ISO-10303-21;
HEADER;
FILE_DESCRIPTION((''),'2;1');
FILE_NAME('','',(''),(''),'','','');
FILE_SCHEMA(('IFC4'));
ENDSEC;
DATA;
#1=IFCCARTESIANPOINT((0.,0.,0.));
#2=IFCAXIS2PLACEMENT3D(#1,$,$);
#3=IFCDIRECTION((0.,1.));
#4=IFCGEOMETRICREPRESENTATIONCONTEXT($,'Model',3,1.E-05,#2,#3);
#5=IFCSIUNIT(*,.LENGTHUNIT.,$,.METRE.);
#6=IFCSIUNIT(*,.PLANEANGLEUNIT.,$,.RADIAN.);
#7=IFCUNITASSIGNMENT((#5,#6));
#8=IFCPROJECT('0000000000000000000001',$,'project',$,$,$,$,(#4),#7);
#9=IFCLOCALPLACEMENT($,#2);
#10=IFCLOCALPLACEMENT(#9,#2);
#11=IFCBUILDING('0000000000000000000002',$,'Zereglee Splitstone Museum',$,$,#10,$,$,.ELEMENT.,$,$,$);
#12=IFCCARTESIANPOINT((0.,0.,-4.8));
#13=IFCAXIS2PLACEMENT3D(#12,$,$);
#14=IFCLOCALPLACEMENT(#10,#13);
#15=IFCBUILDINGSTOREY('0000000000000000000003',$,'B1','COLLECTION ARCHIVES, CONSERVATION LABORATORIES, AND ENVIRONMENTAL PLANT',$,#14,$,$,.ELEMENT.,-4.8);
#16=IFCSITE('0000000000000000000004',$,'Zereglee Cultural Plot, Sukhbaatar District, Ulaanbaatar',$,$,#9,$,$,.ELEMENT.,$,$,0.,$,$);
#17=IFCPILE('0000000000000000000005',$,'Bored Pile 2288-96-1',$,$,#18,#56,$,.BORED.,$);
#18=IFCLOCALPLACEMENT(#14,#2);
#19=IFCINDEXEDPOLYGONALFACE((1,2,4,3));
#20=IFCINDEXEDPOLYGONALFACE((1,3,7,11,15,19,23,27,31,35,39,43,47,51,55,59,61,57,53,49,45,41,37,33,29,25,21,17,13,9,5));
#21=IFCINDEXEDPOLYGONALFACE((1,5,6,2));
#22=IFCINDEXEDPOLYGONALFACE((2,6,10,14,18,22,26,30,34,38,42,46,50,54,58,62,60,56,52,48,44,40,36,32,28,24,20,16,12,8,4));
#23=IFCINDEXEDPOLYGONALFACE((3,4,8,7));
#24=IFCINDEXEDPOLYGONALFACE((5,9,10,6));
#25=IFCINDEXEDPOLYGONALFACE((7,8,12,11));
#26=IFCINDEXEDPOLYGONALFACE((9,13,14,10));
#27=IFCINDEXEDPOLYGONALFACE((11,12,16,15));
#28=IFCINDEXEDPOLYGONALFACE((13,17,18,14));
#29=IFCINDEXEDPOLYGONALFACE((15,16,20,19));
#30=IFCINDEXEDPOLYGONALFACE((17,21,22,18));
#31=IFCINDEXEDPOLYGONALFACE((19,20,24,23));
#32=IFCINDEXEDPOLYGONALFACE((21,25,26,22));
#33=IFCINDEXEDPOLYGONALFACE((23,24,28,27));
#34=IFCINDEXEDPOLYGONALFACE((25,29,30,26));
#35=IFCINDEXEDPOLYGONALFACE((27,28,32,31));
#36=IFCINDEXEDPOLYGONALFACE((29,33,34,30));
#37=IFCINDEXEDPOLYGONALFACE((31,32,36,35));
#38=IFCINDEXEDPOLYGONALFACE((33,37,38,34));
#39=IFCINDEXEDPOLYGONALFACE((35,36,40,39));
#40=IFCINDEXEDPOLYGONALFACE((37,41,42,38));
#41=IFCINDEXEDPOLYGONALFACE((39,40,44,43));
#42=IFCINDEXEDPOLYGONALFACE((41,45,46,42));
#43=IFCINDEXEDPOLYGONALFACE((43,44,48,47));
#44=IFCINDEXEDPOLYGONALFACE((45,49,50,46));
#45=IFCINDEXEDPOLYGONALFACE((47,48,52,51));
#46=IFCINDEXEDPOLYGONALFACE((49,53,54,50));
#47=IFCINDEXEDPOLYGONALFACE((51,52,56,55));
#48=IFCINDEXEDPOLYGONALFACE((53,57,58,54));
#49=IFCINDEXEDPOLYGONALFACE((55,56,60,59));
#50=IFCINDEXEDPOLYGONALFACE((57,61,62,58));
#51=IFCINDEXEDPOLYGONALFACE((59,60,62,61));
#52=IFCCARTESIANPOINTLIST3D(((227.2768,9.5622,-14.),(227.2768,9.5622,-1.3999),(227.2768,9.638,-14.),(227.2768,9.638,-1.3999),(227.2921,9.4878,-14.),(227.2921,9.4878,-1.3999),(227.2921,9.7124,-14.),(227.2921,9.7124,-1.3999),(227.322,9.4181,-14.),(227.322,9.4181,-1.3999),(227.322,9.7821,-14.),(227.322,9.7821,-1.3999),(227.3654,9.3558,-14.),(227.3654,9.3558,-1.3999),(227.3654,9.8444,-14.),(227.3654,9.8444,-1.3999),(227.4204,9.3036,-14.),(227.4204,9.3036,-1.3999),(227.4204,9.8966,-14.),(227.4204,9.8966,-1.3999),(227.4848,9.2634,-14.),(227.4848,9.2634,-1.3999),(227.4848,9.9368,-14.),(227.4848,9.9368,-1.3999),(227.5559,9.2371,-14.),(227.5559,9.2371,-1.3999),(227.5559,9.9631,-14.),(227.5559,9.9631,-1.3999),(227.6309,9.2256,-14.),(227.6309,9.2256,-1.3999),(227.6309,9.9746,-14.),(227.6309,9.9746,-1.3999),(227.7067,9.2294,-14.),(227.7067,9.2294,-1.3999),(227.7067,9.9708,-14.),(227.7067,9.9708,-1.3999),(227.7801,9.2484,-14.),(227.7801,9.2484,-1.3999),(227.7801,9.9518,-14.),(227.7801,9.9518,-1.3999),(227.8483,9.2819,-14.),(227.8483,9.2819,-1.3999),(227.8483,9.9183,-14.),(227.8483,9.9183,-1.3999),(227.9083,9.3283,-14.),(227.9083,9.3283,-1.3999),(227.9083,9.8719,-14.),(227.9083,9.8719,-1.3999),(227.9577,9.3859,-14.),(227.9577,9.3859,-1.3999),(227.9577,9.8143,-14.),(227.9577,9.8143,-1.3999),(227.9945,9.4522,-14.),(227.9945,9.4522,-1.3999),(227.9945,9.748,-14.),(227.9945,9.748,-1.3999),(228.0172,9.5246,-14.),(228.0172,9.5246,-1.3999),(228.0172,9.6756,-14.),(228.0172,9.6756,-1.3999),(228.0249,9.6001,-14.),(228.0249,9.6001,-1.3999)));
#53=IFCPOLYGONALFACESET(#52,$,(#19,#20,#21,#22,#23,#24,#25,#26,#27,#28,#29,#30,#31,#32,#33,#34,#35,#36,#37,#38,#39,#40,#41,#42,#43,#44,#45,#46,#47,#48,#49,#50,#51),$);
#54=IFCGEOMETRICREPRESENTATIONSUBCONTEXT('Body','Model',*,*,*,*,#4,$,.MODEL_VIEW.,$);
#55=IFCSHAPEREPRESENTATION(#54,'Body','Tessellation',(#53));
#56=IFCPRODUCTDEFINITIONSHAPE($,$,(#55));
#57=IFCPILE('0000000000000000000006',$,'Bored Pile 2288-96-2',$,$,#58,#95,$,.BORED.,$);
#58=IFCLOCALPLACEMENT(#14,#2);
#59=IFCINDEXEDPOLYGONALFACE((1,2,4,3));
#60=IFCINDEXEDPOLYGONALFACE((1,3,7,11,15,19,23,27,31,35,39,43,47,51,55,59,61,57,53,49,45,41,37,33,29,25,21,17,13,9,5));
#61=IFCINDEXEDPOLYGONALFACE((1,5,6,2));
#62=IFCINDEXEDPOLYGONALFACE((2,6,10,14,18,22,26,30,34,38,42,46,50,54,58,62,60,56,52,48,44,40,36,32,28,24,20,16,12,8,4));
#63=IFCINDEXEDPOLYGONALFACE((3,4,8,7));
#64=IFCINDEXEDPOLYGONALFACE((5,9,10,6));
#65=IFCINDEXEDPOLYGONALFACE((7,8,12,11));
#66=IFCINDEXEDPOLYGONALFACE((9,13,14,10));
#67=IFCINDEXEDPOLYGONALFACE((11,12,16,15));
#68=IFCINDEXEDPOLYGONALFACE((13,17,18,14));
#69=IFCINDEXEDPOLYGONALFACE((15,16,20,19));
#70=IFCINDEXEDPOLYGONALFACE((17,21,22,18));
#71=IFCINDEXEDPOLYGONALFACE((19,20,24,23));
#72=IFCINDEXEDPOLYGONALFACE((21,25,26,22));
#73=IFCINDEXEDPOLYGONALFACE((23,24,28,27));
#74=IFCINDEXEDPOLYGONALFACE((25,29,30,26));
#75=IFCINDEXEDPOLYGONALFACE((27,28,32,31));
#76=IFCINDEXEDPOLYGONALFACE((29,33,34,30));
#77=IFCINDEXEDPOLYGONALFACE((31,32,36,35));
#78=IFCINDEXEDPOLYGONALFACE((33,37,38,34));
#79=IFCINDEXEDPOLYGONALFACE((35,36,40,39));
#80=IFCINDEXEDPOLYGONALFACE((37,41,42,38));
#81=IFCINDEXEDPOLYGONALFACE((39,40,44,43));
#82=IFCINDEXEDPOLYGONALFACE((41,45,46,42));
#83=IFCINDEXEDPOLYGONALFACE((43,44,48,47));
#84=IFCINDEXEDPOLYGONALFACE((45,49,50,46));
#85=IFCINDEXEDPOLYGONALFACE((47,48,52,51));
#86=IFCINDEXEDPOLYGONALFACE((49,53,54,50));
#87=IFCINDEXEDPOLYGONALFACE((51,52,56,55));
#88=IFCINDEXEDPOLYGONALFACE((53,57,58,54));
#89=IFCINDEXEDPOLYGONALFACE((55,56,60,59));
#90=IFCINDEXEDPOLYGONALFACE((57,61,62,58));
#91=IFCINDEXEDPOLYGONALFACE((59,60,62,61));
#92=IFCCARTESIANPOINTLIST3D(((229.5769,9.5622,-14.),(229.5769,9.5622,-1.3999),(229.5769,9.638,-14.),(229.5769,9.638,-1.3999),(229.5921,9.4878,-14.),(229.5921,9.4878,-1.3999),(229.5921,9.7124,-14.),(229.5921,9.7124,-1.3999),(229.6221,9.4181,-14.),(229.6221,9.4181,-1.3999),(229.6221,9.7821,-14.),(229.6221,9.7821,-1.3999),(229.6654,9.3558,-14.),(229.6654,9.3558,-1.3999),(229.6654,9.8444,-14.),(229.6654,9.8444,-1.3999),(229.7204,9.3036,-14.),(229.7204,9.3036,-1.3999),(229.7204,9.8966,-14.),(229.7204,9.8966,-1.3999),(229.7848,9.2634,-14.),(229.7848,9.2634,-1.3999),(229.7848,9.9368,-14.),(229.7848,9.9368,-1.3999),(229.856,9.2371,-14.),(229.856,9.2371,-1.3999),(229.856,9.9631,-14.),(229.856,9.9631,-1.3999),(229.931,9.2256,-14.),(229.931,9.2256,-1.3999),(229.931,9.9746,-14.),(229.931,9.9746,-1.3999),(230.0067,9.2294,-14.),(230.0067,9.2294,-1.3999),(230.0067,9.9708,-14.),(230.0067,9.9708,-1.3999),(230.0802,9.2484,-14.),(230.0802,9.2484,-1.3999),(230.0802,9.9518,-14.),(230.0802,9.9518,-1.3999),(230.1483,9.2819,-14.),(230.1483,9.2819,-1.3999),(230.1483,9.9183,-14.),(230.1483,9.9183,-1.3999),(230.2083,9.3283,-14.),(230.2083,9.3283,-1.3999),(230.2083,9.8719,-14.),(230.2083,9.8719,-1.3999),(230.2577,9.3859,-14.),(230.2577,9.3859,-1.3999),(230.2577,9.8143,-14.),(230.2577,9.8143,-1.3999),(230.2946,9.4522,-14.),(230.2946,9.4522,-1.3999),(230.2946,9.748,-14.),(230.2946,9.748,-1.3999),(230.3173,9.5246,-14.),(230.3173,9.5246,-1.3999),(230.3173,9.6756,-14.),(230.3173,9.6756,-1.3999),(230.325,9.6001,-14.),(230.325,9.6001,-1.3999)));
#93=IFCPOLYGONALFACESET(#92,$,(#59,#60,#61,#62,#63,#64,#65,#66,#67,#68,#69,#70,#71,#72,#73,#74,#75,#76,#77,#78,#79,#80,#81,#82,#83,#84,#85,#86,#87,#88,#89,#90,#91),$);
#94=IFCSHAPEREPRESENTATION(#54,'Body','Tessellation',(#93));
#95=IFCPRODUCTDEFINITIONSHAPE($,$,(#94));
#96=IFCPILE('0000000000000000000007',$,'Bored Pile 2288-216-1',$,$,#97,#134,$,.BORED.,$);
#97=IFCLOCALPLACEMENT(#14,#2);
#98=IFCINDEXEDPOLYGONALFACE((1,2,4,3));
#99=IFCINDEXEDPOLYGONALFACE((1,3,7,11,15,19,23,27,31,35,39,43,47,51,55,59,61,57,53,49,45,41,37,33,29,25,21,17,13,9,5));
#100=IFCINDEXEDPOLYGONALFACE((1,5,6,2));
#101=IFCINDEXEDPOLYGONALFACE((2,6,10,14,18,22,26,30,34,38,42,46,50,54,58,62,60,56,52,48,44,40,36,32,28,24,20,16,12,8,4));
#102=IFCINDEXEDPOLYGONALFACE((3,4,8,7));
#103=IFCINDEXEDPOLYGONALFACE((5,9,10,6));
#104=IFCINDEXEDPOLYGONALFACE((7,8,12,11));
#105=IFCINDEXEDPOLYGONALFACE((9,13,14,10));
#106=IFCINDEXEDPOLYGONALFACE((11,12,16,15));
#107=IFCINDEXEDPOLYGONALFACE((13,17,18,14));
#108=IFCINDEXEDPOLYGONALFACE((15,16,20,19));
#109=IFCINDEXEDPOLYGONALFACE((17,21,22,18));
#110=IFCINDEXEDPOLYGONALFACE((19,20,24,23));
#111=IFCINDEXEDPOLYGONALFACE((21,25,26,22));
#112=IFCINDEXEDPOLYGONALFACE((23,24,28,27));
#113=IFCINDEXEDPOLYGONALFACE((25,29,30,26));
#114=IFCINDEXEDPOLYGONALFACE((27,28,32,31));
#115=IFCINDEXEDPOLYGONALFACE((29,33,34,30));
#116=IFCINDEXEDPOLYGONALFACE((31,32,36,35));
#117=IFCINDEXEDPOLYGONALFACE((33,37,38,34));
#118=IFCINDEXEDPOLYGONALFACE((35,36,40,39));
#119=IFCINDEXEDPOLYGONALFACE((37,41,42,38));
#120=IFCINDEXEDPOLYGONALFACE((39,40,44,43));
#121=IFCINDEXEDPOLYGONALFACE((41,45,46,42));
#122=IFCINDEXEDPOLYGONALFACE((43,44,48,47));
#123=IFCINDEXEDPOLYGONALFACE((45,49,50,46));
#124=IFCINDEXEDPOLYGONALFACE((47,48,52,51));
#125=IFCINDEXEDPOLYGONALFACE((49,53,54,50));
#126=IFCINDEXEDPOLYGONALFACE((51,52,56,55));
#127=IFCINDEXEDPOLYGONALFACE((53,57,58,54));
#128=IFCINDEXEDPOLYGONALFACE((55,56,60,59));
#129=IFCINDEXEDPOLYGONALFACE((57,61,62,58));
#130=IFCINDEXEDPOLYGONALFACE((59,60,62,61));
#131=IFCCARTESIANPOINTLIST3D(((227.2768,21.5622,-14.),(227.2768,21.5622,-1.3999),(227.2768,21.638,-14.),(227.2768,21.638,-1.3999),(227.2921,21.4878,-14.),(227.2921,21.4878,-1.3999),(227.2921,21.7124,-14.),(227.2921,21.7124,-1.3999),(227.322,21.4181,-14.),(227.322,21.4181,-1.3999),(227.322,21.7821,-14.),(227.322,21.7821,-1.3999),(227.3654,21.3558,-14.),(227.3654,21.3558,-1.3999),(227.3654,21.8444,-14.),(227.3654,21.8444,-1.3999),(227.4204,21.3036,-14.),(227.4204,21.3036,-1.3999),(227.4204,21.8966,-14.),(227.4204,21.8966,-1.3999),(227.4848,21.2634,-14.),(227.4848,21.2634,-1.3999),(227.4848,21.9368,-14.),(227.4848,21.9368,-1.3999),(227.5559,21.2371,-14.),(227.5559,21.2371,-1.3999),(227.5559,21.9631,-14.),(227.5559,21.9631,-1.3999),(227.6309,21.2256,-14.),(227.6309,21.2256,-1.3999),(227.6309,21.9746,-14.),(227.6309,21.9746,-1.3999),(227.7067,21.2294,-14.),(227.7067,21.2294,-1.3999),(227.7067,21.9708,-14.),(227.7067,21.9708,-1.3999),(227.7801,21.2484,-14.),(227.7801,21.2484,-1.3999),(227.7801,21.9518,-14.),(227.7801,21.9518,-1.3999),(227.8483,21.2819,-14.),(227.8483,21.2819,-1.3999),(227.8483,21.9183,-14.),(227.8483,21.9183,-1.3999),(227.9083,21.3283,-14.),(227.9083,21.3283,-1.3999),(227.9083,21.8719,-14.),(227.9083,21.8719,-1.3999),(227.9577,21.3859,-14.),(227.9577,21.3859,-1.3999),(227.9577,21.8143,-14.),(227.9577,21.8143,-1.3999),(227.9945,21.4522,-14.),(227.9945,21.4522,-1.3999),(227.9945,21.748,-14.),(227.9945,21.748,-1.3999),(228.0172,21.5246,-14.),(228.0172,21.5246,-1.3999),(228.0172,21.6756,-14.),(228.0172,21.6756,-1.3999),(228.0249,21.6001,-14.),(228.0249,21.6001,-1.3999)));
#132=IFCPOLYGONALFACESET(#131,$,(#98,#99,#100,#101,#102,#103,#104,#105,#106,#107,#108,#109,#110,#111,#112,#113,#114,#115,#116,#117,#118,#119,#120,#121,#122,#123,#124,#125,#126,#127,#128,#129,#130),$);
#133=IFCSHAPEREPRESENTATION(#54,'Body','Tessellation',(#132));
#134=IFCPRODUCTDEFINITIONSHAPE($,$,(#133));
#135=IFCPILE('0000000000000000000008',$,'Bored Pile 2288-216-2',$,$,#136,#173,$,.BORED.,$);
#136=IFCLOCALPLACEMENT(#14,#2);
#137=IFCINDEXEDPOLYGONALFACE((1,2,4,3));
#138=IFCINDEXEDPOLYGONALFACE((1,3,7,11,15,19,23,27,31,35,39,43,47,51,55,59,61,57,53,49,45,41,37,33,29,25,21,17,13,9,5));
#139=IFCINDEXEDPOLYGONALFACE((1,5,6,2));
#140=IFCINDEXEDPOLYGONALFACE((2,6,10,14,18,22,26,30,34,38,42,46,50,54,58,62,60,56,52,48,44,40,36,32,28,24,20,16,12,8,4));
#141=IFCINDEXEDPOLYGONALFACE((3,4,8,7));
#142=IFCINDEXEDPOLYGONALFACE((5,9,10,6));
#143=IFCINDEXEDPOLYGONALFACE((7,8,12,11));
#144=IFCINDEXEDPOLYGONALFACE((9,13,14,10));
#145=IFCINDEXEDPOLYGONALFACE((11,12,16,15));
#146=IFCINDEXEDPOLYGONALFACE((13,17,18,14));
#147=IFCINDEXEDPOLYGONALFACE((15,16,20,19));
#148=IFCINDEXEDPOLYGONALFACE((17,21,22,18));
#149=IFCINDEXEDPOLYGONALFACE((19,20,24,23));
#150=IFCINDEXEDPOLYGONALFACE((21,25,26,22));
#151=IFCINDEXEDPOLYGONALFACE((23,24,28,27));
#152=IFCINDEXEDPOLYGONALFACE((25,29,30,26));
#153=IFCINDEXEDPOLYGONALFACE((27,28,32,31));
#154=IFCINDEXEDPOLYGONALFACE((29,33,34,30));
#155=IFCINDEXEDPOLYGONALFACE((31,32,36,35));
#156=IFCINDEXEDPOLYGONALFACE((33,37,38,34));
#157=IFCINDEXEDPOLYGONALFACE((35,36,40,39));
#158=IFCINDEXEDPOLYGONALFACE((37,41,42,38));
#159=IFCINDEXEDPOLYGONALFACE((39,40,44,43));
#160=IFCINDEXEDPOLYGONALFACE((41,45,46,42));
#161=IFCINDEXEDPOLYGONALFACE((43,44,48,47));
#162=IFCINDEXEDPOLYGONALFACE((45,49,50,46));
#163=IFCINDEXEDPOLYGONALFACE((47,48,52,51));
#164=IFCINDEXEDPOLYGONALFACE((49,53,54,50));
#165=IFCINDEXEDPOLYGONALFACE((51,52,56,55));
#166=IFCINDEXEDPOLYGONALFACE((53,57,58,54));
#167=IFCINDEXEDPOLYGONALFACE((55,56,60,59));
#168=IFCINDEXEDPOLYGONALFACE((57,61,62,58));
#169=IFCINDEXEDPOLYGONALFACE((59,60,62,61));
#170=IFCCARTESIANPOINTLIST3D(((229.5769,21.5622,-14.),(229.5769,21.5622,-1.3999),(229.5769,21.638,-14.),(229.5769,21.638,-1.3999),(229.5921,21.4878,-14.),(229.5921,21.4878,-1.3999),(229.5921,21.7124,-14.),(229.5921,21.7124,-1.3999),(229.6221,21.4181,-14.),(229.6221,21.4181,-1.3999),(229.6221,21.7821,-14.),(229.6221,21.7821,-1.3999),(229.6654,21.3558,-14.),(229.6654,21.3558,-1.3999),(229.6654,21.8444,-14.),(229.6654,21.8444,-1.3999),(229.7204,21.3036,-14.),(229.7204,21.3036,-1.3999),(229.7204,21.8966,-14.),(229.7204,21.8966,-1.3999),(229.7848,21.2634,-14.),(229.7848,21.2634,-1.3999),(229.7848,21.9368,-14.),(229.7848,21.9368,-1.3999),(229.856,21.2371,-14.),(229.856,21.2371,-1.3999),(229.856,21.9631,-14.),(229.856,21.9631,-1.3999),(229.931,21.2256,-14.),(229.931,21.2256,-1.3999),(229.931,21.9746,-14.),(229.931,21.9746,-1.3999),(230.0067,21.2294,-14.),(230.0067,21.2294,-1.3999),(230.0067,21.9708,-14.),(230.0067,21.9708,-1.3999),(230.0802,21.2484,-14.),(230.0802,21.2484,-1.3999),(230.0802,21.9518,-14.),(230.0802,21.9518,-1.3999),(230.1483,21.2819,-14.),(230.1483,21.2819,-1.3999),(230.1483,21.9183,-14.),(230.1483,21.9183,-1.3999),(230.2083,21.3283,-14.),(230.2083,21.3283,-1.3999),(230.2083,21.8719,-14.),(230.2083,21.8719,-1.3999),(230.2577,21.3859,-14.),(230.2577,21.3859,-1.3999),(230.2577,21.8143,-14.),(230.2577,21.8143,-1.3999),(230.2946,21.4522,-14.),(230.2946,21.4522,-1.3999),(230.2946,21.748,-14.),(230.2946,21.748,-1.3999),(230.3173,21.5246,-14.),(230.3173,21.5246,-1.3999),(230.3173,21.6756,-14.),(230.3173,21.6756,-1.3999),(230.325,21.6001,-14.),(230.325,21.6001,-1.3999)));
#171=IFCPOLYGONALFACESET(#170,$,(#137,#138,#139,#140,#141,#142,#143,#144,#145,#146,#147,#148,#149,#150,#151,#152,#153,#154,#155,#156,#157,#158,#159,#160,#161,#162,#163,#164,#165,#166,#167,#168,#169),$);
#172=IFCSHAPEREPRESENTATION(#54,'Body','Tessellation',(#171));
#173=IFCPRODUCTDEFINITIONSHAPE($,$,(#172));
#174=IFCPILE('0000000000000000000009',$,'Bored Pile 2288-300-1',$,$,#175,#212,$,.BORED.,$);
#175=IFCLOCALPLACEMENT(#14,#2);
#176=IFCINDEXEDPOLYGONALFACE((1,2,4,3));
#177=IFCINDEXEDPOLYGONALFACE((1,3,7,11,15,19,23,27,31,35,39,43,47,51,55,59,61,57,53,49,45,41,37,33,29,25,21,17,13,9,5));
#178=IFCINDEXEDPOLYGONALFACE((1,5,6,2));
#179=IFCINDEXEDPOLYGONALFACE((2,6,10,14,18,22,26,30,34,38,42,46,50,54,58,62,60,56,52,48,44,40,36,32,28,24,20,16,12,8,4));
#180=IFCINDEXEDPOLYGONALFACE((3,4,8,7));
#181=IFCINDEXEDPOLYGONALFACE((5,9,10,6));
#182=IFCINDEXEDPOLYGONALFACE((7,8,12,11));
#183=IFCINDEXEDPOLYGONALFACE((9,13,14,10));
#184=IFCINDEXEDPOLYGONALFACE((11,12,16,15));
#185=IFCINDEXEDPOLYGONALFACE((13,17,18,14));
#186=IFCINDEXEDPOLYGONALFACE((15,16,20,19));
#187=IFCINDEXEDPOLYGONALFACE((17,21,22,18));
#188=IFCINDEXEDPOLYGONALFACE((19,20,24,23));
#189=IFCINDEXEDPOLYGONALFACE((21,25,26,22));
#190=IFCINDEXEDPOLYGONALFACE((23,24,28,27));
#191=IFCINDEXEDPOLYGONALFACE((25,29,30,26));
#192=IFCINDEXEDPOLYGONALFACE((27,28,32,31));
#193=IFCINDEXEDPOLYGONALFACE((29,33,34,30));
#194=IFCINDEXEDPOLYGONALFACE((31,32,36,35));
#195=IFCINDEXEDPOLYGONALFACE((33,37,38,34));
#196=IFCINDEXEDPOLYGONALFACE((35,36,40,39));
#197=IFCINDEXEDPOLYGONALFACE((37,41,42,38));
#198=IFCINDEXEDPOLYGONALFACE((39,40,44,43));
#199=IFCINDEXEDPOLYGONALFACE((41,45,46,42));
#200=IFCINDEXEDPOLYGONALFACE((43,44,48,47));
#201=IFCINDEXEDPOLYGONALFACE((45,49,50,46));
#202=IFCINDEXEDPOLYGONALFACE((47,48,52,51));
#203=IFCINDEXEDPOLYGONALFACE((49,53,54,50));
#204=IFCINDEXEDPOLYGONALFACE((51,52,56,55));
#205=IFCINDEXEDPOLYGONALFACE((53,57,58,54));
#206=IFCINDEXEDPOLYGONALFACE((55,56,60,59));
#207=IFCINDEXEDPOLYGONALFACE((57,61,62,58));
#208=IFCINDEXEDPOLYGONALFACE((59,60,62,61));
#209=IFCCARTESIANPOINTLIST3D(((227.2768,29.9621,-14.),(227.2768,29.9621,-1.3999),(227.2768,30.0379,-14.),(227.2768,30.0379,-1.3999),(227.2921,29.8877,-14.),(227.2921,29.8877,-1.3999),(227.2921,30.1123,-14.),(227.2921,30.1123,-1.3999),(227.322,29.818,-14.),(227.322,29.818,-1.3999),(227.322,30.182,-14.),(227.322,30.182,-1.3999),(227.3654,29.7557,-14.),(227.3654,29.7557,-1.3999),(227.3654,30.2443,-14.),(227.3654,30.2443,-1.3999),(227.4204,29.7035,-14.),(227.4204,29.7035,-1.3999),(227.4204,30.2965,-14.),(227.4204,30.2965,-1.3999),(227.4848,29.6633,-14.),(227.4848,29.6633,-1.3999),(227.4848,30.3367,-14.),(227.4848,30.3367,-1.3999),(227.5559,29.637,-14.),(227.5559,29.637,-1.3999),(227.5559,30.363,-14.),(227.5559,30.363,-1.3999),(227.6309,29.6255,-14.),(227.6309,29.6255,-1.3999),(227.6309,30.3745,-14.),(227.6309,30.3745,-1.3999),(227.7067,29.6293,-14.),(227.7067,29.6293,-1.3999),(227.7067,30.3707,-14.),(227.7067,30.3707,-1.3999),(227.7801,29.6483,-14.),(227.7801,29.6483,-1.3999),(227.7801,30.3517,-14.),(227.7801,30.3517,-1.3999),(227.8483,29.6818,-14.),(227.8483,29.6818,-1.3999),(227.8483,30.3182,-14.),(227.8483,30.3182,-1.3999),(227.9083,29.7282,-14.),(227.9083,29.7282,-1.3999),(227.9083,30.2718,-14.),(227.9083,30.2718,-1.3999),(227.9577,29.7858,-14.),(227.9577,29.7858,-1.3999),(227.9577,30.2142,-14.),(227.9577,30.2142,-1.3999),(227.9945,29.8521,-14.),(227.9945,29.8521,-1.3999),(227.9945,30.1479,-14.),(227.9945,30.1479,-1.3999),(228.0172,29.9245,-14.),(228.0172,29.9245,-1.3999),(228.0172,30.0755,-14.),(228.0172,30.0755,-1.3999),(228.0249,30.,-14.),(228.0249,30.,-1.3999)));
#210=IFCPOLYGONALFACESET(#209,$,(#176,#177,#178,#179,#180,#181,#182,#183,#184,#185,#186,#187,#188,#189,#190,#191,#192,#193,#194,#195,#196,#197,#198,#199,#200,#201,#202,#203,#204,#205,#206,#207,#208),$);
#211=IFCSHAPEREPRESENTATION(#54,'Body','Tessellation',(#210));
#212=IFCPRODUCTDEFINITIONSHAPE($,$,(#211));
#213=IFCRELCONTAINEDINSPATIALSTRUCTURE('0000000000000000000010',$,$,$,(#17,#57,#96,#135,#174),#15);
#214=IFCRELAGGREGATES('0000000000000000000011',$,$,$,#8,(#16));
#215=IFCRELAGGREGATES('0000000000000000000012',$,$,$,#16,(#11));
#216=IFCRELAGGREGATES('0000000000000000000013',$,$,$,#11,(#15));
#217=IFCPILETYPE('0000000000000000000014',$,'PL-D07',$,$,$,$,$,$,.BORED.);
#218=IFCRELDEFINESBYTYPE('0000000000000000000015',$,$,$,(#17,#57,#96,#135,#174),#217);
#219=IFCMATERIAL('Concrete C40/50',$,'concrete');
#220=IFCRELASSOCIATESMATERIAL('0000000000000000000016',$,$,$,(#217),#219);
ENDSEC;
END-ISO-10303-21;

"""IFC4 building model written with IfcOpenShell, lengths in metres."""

from ifc_helpers import new_model, si_unit, direction, frame, origin, origin_2d, place, context, subcontext, project, spatial, circle, extrude, material, material_profile, profile_set, type_object, element, save


model = new_model("IFC4")

# Units and contexts
model_context = context("Model", 3, precision=1e-05, world=origin(), true_north=direction((0.0, 1.0)))
body_context = subcontext(model_context, "Body", "Model", "MODEL_VIEW")
ifc_project = project(units=[si_unit("LENGTHUNIT", "METRE"), si_unit("PLANEANGLEUNIT", "RADIAN")], contexts=[model_context])

# Site, building, storey
site_placement = place(None, origin())
site = spatial("IfcSite", under=ifc_project, at=site_placement, Name="Zereglee Cultural Plot, Sukhbaatar District, Ulaanbaatar", CompositionType="ELEMENT", RefElevation=0.0)
building_placement = place(site_placement, origin())
building = spatial("IfcBuilding", under=site, at=building_placement, Name="Zereglee Splitstone Museum", CompositionType="ELEMENT")
storey_placement = place(building_placement, frame((0.0, 0.0, -4.8)))
storey = spatial("IfcBuildingStorey", under=building, at=storey_placement, Name="B1", Description="COLLECTION ARCHIVES, CONSERVATION LABORATORIES, AND ENVIRONMENTAL PLANT", CompositionType="ELEMENT", Elevation=-4.8)

# Shared definitions
ifc_material_1 = material(Name="Concrete C40/50", Category="concrete")

# Piles
ifc_material_profile_1 = material_profile(ifc_material_1, circle(Radius=0.375, at=origin_2d()), Name="PILE D750")
ifc_profile_set_1 = profile_set([ifc_material_profile_1], Name="Concrete C40/50")
pile_type = type_object("IfcPileType", Name="PL-D07", PredefinedType="BORED", material=ifc_profile_set_1)
for number, where, z_axis, x_axis, name in (
    (1, (227.6499, 9.6001, -1.3999), (0.0, 0.0, -1.0), (1.0, 0.0, 0.0), "Bored Pile 2288-96-1"),
    (2, (229.95, 9.6001, -1.3999), (0.0, 0.0, -1.0), (1.0, 0.0, 0.0), "Bored Pile 2288-96-2"),
    (3, (227.6499, 21.6001, -1.3999), (0.0, 0.0, -1.0), (1.0, 0.0, 0.0), "Bored Pile 2288-216-1"),
    (4, (229.95, 21.6001, -1.3999), (0.0, 0.0, -1.0), (1.0, 0.0, 0.0), "Bored Pile 2288-216-2"),
    (5, (227.6499, 30.0, -1.3999), (0.0, 0.0, -1.0), (1.0, 0.0, 0.0), "Bored Pile 2288-300-1"),
):
    element("IfcPile", number, at=place(storey_placement, frame(where, z_axis=z_axis, x_axis=x_axis)), inside=storey, type_object=pile_type, Name=name, PredefinedType="BORED", context=body_context, shape_type="SweptSolid", body=[
        extrude(circle(Radius=0.375, at=origin_2d()), origin(), (0.0, 0.0, 1.0), 12.6001),
    ])

save(model, "model.ifc")
